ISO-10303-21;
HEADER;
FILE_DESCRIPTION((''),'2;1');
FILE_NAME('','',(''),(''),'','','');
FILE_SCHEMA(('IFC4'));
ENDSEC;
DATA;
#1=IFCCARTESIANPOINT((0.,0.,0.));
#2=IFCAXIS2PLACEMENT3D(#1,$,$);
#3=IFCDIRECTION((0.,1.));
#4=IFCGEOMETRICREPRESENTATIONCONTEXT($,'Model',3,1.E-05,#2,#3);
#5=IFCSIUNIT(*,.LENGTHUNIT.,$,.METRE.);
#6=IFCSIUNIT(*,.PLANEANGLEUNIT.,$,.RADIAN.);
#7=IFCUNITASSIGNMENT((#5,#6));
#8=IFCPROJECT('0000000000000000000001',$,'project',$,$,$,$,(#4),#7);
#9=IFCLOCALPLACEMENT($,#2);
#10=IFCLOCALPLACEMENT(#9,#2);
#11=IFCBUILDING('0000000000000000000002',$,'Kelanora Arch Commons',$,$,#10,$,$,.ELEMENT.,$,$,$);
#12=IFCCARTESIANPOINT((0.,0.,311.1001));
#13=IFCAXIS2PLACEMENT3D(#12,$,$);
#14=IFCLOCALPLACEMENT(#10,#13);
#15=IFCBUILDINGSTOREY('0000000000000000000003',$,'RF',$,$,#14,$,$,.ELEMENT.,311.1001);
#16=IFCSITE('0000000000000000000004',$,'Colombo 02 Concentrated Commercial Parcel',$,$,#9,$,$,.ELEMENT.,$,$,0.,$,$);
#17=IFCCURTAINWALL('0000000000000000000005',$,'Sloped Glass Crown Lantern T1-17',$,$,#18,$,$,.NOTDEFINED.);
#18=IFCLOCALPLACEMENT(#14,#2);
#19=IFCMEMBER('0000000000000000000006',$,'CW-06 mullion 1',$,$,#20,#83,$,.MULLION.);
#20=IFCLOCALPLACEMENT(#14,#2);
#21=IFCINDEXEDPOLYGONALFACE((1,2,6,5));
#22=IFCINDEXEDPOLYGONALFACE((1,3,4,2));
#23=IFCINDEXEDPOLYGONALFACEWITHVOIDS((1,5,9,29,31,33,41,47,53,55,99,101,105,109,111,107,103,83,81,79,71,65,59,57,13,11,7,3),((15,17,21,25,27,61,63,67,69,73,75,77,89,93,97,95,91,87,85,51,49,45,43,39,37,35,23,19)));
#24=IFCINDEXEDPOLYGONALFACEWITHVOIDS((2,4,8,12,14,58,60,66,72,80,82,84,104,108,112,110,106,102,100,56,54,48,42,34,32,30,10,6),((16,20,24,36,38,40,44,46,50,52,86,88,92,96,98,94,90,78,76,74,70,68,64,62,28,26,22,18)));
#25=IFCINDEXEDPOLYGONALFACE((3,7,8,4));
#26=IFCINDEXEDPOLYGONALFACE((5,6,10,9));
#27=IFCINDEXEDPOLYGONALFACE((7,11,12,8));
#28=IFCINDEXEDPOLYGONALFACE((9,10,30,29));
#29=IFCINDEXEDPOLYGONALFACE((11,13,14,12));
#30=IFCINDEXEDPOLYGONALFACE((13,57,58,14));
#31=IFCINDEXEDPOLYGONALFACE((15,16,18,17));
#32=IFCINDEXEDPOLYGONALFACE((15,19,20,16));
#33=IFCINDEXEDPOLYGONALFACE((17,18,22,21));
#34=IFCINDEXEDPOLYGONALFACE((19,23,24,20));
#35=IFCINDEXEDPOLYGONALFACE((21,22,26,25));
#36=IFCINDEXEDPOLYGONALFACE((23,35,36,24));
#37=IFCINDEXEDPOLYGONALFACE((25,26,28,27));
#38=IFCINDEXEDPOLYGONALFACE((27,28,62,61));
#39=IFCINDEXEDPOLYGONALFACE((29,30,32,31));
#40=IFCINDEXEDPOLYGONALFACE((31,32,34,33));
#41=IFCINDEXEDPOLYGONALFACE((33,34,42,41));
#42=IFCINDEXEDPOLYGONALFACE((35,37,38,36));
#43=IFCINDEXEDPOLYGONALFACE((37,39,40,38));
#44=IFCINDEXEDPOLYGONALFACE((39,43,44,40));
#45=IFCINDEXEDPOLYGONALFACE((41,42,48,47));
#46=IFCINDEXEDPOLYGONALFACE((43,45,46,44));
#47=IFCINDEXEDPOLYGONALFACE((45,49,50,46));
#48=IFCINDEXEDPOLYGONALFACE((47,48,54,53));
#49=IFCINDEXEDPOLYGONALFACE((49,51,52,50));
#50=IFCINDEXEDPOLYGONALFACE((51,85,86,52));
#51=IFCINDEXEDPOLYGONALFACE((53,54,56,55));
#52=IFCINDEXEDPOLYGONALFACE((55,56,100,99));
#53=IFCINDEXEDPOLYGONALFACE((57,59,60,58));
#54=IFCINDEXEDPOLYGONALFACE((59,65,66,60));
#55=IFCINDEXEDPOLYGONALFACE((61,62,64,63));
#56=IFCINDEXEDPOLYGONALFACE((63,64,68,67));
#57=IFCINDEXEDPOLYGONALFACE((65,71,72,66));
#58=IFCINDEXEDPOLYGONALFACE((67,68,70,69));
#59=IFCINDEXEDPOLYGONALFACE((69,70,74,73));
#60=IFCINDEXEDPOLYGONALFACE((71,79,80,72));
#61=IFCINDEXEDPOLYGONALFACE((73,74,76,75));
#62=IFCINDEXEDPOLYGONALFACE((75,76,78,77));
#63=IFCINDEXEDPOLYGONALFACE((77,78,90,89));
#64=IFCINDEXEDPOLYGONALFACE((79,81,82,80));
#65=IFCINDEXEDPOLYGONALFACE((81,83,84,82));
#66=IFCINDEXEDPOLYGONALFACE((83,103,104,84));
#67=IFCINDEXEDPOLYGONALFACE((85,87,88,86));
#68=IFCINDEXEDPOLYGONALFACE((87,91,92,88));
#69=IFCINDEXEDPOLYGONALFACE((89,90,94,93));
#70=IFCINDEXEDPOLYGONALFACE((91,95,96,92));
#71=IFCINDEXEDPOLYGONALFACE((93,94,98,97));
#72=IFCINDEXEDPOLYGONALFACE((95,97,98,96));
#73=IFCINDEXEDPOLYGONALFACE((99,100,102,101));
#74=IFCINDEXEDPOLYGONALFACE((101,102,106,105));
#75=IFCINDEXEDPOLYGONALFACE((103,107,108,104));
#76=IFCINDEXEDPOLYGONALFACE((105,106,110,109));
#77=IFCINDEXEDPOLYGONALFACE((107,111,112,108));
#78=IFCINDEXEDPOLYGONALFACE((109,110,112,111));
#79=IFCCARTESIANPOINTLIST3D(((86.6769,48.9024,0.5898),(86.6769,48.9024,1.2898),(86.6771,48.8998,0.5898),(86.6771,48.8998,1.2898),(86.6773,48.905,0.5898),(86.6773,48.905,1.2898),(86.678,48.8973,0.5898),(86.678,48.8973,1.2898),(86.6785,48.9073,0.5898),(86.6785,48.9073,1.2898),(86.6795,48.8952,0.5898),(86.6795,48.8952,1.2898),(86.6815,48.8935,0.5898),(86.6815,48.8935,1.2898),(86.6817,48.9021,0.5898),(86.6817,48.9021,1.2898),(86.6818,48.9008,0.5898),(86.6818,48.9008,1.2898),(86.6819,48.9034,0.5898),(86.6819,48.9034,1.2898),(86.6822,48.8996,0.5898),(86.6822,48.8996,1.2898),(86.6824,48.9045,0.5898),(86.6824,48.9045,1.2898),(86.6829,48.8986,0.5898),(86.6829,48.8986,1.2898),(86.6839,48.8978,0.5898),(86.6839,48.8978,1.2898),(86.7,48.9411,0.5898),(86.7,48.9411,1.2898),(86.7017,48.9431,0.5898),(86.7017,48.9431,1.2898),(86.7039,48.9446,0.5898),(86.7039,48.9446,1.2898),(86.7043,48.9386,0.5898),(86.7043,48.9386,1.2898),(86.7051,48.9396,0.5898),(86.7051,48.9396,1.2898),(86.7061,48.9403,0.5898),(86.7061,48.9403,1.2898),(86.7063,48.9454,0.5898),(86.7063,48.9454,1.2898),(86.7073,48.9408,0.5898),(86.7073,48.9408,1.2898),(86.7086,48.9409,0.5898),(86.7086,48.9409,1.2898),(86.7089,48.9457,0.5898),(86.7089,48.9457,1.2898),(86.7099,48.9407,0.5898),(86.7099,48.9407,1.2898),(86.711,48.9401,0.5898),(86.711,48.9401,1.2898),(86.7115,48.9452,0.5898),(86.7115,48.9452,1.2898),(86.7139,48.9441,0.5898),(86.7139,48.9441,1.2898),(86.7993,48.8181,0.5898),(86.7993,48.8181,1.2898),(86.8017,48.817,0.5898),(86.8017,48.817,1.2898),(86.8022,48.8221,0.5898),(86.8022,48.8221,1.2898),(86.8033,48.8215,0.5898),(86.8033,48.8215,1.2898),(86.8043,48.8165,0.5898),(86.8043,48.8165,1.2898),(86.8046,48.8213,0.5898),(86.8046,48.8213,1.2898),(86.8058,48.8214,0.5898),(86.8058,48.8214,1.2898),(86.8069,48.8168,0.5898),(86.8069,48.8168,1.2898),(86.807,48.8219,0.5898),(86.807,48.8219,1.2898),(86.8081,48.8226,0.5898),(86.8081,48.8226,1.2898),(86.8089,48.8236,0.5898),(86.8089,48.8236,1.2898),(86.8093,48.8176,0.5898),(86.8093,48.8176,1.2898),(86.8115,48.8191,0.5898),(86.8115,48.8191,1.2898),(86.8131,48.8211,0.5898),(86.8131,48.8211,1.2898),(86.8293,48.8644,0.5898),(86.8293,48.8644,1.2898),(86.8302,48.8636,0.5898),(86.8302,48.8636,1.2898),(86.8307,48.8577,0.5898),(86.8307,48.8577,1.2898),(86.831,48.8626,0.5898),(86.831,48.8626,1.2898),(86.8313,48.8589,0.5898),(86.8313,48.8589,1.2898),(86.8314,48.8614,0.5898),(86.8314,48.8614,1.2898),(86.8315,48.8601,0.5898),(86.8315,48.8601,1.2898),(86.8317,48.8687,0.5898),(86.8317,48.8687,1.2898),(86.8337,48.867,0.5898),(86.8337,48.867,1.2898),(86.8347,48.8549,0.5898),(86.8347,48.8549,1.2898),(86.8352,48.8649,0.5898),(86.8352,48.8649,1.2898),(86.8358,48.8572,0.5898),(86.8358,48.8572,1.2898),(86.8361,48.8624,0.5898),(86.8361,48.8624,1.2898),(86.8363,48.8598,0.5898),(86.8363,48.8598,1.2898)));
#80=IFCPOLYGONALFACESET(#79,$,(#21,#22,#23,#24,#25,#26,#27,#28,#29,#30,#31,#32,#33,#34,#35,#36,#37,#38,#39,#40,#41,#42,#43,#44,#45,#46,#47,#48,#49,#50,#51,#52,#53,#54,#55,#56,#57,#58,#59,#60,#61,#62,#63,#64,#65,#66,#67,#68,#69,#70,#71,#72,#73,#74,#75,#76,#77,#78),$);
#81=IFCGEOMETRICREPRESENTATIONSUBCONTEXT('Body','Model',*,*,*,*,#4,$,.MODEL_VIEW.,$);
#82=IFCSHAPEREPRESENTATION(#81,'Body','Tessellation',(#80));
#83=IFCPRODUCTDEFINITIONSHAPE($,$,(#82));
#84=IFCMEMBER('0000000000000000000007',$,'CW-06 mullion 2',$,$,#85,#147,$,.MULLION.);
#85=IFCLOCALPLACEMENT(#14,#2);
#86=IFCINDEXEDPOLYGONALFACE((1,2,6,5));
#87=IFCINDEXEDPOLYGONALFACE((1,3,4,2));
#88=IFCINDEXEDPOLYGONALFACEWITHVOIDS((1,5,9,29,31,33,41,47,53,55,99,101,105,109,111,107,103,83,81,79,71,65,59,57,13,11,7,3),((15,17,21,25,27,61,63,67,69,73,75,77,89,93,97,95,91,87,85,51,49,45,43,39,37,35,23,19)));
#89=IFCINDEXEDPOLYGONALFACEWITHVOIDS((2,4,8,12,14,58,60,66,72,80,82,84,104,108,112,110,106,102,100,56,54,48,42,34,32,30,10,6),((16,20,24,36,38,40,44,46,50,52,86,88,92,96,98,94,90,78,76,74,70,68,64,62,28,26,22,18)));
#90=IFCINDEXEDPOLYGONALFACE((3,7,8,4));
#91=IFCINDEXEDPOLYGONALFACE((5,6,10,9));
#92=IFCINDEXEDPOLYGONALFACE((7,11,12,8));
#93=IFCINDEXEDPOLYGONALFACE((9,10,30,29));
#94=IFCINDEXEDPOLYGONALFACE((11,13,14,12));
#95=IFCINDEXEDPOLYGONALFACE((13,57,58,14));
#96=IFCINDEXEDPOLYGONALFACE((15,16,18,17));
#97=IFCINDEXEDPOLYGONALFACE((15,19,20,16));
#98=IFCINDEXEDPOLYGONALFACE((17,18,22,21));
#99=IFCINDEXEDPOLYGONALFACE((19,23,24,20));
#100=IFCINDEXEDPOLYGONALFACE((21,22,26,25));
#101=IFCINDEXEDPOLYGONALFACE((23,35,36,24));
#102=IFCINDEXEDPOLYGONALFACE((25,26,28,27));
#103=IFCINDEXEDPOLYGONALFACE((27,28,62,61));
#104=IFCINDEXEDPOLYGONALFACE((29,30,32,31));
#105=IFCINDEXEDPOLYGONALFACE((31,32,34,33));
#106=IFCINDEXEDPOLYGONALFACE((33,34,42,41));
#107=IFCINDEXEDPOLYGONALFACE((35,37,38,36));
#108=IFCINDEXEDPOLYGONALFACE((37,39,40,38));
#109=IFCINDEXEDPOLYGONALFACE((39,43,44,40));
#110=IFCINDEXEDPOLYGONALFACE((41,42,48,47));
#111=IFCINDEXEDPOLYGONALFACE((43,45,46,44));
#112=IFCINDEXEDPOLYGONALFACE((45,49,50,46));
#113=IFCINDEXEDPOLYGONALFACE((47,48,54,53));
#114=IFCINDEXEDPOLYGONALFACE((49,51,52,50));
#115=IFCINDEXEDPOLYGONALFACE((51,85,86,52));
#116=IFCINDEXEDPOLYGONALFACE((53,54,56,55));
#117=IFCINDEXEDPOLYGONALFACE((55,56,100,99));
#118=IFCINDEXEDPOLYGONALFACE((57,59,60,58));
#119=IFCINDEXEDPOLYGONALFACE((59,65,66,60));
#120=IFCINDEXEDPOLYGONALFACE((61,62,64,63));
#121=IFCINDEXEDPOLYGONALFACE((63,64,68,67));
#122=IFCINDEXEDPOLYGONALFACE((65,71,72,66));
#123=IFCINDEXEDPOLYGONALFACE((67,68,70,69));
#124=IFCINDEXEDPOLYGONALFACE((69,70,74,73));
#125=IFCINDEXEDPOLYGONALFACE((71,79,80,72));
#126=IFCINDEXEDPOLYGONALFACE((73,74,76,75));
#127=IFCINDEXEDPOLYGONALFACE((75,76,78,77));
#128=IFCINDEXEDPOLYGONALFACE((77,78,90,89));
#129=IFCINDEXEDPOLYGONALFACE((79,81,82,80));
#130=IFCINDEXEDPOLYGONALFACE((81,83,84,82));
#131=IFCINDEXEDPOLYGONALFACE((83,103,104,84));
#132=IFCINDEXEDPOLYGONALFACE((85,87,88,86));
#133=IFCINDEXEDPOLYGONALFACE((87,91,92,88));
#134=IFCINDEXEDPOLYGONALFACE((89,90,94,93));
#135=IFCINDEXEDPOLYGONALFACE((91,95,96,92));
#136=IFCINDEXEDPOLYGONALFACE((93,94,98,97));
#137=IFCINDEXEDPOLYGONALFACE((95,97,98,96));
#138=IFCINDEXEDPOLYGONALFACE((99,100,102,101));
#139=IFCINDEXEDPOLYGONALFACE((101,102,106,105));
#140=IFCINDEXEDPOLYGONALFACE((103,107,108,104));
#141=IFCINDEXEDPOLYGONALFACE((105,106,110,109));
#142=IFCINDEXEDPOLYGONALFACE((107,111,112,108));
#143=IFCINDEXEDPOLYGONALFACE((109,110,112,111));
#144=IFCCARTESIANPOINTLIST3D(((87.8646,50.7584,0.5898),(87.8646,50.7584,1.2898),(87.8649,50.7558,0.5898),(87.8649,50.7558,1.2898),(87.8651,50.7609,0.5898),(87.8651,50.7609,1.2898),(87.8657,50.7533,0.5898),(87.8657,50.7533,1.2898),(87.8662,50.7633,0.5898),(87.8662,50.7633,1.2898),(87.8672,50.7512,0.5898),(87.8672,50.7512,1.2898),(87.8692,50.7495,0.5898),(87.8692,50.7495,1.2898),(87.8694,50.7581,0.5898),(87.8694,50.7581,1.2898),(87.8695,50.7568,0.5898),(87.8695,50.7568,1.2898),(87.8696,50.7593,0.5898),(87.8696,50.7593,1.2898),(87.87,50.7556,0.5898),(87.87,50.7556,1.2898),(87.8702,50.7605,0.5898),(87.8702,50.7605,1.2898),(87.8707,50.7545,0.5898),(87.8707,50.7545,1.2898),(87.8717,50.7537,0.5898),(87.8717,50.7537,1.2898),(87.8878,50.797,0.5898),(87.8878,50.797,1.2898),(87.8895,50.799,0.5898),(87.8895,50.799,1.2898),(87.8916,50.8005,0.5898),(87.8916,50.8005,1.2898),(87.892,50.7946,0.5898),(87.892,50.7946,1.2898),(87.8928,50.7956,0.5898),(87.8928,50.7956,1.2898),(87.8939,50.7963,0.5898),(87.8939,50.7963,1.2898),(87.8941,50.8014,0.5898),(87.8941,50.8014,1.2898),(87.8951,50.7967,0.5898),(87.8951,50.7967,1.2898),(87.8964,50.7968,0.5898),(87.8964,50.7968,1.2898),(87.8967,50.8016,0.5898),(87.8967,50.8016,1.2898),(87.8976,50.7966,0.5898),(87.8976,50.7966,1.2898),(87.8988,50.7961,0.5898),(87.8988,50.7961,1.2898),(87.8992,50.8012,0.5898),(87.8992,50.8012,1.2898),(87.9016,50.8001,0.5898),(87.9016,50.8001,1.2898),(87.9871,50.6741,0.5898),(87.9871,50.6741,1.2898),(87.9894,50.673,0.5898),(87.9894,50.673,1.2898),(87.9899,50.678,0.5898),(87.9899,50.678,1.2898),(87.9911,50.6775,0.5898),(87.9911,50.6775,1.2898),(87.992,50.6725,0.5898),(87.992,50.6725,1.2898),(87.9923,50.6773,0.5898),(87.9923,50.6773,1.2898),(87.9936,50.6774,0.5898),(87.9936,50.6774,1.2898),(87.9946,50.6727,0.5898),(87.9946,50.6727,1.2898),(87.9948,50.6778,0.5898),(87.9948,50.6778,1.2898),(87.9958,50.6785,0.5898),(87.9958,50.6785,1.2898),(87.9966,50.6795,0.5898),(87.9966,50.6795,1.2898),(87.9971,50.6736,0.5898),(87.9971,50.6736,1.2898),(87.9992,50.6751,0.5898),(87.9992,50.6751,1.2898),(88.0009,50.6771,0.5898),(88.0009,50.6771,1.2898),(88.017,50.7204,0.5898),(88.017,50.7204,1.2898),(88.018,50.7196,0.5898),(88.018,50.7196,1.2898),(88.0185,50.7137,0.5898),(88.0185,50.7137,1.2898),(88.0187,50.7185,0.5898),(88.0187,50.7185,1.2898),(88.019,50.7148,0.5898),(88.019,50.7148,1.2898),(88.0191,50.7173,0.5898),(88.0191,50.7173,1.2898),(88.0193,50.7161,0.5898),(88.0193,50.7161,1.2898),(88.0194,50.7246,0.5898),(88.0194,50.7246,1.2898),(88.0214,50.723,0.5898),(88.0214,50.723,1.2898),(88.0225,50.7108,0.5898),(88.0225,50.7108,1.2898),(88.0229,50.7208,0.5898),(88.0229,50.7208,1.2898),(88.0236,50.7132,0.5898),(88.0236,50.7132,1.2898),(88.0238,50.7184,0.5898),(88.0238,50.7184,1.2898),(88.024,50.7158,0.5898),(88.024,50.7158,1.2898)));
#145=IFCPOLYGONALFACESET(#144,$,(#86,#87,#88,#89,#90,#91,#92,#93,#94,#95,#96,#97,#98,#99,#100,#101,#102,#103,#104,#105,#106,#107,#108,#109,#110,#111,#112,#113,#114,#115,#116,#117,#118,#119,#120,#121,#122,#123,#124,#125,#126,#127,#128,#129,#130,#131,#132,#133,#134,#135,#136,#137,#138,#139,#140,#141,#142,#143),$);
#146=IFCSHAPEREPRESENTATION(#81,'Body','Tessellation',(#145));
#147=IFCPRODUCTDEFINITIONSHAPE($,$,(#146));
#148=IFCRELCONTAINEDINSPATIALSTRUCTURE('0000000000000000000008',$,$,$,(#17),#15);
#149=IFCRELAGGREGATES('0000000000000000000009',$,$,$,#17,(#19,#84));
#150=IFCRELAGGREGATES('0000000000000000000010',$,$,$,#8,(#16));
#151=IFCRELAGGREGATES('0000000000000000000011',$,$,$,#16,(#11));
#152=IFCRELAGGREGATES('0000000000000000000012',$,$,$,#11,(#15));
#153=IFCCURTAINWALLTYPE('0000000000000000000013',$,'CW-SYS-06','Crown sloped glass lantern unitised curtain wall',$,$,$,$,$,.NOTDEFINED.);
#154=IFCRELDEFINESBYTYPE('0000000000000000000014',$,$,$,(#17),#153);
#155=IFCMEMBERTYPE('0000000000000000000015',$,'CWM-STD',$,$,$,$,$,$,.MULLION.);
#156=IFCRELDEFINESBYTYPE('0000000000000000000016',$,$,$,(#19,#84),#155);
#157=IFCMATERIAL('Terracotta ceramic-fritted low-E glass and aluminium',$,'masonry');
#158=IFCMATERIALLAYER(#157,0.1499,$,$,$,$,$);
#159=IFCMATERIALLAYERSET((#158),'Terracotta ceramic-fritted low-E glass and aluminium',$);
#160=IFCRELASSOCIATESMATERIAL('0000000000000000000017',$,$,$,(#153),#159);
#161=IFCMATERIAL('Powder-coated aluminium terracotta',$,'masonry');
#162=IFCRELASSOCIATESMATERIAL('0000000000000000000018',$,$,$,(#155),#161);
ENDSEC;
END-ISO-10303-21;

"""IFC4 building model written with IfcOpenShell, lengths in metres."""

from ifc_helpers import new_model, si_unit, direction, frame, origin, origin_2d, place, context, subcontext, project, spatial, hollow_rectangle, extrude, material, layer, layer_set, material_profile, profile_set, type_object, element, aggregate, save


model = new_model("IFC4")

# Units and contexts
model_context = context("Model", 3, precision=1e-05, world=origin(), true_north=direction((0.0, 1.0)))
body_context = subcontext(model_context, "Body", "Model", "MODEL_VIEW")
ifc_project = project(units=[si_unit("LENGTHUNIT", "METRE"), si_unit("PLANEANGLEUNIT", "RADIAN")], contexts=[model_context])

# Site, building, storey
site_placement = place(None, origin())
site = spatial("IfcSite", under=ifc_project, at=site_placement, Name="Colombo 02 Concentrated Commercial Parcel", CompositionType="ELEMENT", RefElevation=0.0)
building_placement = place(site_placement, origin())
building = spatial("IfcBuilding", under=site, at=building_placement, Name="Kelanora Arch Commons", CompositionType="ELEMENT")
storey_placement = place(building_placement, frame((0.0, 0.0, 311.1001)))
storey = spatial("IfcBuildingStorey", under=building, at=storey_placement, Name="RF", CompositionType="ELEMENT", Elevation=311.1001)

# Curtain wall, members
ifc_material_1 = material(Name="Terracotta ceramic-fritted low-E glass and aluminium", Category="masonry")
ifc_layer_1 = layer(ifc_material_1, 0.1499)
ifc_layer_set_1 = layer_set([ifc_layer_1], Name="Terracotta ceramic-fritted low-E glass and aluminium")
curtain_wall_type = type_object("IfcCurtainWallType", Name="CW-SYS-06", Description="Crown sloped glass lantern unitised curtain wall", PredefinedType="NOTDEFINED", material=ifc_layer_set_1)
ifc_material_2 = material(Name="Powder-coated aluminium terracotta", Category="masonry")
ifc_material_profile_1 = material_profile(ifc_material_2, hollow_rectangle(XDim=0.1599, YDim=0.0601, WallThickness=0.0049, InnerFilletRadius=0.0049, OuterFilletRadius=0.01, at=origin_2d()), Name="CWM160x60")
ifc_profile_set_1 = profile_set([ifc_material_profile_1], Name="Powder-coated aluminium terracotta")
member_type_1 = type_object("IfcMemberType", Name="CWM-STD", PredefinedType="MULLION", material=ifc_profile_set_1)
curtain_wall_1_placement = place(storey_placement, origin())
curtain_wall_1 = element("IfcCurtainWall", 1, at=curtain_wall_1_placement, inside=storey, type_object=curtain_wall_type, Name="Sloped Glass Crown Lantern T1-17", PredefinedType="NOTDEFINED")
member_1_placement = place(storey_placement, frame((86.7566, 48.8811, 0.5898), z_axis=(0.0, 0.0, 1.0), x_axis=(-0.842271, 0.539054, 0.0)))
member_1 = element("IfcMember", 2, at=member_1_placement, type_object=member_type_1, Name="CW-06 mullion 1", PredefinedType="MULLION", context=body_context, shape_type="SweptSolid", body=[
    extrude(hollow_rectangle(XDim=0.1599, YDim=0.0601, WallThickness=0.0049, InnerFilletRadius=0.0049, OuterFilletRadius=0.01, at=origin_2d()), origin(), (0.0, 0.0, 1.0), 0.7),
])
member_2_placement = place(storey_placement, frame((87.9443, 50.7371, 0.5898), z_axis=(0.0, 0.0, 1.0), x_axis=(-0.842271, 0.539054, 0.0)))
member_2 = element("IfcMember", 3, at=member_2_placement, type_object=member_type_1, Name="CW-06 mullion 2", PredefinedType="MULLION", context=body_context, shape_type="SweptSolid", body=[
    extrude(hollow_rectangle(XDim=0.1599, YDim=0.0601, WallThickness=0.0049, InnerFilletRadius=0.0049, OuterFilletRadius=0.01, at=origin_2d()), origin(), (0.0, 0.0, 1.0), 0.7),
])

aggregate(curtain_wall_1, [member_1, member_2])

save(model, "model.ifc")
